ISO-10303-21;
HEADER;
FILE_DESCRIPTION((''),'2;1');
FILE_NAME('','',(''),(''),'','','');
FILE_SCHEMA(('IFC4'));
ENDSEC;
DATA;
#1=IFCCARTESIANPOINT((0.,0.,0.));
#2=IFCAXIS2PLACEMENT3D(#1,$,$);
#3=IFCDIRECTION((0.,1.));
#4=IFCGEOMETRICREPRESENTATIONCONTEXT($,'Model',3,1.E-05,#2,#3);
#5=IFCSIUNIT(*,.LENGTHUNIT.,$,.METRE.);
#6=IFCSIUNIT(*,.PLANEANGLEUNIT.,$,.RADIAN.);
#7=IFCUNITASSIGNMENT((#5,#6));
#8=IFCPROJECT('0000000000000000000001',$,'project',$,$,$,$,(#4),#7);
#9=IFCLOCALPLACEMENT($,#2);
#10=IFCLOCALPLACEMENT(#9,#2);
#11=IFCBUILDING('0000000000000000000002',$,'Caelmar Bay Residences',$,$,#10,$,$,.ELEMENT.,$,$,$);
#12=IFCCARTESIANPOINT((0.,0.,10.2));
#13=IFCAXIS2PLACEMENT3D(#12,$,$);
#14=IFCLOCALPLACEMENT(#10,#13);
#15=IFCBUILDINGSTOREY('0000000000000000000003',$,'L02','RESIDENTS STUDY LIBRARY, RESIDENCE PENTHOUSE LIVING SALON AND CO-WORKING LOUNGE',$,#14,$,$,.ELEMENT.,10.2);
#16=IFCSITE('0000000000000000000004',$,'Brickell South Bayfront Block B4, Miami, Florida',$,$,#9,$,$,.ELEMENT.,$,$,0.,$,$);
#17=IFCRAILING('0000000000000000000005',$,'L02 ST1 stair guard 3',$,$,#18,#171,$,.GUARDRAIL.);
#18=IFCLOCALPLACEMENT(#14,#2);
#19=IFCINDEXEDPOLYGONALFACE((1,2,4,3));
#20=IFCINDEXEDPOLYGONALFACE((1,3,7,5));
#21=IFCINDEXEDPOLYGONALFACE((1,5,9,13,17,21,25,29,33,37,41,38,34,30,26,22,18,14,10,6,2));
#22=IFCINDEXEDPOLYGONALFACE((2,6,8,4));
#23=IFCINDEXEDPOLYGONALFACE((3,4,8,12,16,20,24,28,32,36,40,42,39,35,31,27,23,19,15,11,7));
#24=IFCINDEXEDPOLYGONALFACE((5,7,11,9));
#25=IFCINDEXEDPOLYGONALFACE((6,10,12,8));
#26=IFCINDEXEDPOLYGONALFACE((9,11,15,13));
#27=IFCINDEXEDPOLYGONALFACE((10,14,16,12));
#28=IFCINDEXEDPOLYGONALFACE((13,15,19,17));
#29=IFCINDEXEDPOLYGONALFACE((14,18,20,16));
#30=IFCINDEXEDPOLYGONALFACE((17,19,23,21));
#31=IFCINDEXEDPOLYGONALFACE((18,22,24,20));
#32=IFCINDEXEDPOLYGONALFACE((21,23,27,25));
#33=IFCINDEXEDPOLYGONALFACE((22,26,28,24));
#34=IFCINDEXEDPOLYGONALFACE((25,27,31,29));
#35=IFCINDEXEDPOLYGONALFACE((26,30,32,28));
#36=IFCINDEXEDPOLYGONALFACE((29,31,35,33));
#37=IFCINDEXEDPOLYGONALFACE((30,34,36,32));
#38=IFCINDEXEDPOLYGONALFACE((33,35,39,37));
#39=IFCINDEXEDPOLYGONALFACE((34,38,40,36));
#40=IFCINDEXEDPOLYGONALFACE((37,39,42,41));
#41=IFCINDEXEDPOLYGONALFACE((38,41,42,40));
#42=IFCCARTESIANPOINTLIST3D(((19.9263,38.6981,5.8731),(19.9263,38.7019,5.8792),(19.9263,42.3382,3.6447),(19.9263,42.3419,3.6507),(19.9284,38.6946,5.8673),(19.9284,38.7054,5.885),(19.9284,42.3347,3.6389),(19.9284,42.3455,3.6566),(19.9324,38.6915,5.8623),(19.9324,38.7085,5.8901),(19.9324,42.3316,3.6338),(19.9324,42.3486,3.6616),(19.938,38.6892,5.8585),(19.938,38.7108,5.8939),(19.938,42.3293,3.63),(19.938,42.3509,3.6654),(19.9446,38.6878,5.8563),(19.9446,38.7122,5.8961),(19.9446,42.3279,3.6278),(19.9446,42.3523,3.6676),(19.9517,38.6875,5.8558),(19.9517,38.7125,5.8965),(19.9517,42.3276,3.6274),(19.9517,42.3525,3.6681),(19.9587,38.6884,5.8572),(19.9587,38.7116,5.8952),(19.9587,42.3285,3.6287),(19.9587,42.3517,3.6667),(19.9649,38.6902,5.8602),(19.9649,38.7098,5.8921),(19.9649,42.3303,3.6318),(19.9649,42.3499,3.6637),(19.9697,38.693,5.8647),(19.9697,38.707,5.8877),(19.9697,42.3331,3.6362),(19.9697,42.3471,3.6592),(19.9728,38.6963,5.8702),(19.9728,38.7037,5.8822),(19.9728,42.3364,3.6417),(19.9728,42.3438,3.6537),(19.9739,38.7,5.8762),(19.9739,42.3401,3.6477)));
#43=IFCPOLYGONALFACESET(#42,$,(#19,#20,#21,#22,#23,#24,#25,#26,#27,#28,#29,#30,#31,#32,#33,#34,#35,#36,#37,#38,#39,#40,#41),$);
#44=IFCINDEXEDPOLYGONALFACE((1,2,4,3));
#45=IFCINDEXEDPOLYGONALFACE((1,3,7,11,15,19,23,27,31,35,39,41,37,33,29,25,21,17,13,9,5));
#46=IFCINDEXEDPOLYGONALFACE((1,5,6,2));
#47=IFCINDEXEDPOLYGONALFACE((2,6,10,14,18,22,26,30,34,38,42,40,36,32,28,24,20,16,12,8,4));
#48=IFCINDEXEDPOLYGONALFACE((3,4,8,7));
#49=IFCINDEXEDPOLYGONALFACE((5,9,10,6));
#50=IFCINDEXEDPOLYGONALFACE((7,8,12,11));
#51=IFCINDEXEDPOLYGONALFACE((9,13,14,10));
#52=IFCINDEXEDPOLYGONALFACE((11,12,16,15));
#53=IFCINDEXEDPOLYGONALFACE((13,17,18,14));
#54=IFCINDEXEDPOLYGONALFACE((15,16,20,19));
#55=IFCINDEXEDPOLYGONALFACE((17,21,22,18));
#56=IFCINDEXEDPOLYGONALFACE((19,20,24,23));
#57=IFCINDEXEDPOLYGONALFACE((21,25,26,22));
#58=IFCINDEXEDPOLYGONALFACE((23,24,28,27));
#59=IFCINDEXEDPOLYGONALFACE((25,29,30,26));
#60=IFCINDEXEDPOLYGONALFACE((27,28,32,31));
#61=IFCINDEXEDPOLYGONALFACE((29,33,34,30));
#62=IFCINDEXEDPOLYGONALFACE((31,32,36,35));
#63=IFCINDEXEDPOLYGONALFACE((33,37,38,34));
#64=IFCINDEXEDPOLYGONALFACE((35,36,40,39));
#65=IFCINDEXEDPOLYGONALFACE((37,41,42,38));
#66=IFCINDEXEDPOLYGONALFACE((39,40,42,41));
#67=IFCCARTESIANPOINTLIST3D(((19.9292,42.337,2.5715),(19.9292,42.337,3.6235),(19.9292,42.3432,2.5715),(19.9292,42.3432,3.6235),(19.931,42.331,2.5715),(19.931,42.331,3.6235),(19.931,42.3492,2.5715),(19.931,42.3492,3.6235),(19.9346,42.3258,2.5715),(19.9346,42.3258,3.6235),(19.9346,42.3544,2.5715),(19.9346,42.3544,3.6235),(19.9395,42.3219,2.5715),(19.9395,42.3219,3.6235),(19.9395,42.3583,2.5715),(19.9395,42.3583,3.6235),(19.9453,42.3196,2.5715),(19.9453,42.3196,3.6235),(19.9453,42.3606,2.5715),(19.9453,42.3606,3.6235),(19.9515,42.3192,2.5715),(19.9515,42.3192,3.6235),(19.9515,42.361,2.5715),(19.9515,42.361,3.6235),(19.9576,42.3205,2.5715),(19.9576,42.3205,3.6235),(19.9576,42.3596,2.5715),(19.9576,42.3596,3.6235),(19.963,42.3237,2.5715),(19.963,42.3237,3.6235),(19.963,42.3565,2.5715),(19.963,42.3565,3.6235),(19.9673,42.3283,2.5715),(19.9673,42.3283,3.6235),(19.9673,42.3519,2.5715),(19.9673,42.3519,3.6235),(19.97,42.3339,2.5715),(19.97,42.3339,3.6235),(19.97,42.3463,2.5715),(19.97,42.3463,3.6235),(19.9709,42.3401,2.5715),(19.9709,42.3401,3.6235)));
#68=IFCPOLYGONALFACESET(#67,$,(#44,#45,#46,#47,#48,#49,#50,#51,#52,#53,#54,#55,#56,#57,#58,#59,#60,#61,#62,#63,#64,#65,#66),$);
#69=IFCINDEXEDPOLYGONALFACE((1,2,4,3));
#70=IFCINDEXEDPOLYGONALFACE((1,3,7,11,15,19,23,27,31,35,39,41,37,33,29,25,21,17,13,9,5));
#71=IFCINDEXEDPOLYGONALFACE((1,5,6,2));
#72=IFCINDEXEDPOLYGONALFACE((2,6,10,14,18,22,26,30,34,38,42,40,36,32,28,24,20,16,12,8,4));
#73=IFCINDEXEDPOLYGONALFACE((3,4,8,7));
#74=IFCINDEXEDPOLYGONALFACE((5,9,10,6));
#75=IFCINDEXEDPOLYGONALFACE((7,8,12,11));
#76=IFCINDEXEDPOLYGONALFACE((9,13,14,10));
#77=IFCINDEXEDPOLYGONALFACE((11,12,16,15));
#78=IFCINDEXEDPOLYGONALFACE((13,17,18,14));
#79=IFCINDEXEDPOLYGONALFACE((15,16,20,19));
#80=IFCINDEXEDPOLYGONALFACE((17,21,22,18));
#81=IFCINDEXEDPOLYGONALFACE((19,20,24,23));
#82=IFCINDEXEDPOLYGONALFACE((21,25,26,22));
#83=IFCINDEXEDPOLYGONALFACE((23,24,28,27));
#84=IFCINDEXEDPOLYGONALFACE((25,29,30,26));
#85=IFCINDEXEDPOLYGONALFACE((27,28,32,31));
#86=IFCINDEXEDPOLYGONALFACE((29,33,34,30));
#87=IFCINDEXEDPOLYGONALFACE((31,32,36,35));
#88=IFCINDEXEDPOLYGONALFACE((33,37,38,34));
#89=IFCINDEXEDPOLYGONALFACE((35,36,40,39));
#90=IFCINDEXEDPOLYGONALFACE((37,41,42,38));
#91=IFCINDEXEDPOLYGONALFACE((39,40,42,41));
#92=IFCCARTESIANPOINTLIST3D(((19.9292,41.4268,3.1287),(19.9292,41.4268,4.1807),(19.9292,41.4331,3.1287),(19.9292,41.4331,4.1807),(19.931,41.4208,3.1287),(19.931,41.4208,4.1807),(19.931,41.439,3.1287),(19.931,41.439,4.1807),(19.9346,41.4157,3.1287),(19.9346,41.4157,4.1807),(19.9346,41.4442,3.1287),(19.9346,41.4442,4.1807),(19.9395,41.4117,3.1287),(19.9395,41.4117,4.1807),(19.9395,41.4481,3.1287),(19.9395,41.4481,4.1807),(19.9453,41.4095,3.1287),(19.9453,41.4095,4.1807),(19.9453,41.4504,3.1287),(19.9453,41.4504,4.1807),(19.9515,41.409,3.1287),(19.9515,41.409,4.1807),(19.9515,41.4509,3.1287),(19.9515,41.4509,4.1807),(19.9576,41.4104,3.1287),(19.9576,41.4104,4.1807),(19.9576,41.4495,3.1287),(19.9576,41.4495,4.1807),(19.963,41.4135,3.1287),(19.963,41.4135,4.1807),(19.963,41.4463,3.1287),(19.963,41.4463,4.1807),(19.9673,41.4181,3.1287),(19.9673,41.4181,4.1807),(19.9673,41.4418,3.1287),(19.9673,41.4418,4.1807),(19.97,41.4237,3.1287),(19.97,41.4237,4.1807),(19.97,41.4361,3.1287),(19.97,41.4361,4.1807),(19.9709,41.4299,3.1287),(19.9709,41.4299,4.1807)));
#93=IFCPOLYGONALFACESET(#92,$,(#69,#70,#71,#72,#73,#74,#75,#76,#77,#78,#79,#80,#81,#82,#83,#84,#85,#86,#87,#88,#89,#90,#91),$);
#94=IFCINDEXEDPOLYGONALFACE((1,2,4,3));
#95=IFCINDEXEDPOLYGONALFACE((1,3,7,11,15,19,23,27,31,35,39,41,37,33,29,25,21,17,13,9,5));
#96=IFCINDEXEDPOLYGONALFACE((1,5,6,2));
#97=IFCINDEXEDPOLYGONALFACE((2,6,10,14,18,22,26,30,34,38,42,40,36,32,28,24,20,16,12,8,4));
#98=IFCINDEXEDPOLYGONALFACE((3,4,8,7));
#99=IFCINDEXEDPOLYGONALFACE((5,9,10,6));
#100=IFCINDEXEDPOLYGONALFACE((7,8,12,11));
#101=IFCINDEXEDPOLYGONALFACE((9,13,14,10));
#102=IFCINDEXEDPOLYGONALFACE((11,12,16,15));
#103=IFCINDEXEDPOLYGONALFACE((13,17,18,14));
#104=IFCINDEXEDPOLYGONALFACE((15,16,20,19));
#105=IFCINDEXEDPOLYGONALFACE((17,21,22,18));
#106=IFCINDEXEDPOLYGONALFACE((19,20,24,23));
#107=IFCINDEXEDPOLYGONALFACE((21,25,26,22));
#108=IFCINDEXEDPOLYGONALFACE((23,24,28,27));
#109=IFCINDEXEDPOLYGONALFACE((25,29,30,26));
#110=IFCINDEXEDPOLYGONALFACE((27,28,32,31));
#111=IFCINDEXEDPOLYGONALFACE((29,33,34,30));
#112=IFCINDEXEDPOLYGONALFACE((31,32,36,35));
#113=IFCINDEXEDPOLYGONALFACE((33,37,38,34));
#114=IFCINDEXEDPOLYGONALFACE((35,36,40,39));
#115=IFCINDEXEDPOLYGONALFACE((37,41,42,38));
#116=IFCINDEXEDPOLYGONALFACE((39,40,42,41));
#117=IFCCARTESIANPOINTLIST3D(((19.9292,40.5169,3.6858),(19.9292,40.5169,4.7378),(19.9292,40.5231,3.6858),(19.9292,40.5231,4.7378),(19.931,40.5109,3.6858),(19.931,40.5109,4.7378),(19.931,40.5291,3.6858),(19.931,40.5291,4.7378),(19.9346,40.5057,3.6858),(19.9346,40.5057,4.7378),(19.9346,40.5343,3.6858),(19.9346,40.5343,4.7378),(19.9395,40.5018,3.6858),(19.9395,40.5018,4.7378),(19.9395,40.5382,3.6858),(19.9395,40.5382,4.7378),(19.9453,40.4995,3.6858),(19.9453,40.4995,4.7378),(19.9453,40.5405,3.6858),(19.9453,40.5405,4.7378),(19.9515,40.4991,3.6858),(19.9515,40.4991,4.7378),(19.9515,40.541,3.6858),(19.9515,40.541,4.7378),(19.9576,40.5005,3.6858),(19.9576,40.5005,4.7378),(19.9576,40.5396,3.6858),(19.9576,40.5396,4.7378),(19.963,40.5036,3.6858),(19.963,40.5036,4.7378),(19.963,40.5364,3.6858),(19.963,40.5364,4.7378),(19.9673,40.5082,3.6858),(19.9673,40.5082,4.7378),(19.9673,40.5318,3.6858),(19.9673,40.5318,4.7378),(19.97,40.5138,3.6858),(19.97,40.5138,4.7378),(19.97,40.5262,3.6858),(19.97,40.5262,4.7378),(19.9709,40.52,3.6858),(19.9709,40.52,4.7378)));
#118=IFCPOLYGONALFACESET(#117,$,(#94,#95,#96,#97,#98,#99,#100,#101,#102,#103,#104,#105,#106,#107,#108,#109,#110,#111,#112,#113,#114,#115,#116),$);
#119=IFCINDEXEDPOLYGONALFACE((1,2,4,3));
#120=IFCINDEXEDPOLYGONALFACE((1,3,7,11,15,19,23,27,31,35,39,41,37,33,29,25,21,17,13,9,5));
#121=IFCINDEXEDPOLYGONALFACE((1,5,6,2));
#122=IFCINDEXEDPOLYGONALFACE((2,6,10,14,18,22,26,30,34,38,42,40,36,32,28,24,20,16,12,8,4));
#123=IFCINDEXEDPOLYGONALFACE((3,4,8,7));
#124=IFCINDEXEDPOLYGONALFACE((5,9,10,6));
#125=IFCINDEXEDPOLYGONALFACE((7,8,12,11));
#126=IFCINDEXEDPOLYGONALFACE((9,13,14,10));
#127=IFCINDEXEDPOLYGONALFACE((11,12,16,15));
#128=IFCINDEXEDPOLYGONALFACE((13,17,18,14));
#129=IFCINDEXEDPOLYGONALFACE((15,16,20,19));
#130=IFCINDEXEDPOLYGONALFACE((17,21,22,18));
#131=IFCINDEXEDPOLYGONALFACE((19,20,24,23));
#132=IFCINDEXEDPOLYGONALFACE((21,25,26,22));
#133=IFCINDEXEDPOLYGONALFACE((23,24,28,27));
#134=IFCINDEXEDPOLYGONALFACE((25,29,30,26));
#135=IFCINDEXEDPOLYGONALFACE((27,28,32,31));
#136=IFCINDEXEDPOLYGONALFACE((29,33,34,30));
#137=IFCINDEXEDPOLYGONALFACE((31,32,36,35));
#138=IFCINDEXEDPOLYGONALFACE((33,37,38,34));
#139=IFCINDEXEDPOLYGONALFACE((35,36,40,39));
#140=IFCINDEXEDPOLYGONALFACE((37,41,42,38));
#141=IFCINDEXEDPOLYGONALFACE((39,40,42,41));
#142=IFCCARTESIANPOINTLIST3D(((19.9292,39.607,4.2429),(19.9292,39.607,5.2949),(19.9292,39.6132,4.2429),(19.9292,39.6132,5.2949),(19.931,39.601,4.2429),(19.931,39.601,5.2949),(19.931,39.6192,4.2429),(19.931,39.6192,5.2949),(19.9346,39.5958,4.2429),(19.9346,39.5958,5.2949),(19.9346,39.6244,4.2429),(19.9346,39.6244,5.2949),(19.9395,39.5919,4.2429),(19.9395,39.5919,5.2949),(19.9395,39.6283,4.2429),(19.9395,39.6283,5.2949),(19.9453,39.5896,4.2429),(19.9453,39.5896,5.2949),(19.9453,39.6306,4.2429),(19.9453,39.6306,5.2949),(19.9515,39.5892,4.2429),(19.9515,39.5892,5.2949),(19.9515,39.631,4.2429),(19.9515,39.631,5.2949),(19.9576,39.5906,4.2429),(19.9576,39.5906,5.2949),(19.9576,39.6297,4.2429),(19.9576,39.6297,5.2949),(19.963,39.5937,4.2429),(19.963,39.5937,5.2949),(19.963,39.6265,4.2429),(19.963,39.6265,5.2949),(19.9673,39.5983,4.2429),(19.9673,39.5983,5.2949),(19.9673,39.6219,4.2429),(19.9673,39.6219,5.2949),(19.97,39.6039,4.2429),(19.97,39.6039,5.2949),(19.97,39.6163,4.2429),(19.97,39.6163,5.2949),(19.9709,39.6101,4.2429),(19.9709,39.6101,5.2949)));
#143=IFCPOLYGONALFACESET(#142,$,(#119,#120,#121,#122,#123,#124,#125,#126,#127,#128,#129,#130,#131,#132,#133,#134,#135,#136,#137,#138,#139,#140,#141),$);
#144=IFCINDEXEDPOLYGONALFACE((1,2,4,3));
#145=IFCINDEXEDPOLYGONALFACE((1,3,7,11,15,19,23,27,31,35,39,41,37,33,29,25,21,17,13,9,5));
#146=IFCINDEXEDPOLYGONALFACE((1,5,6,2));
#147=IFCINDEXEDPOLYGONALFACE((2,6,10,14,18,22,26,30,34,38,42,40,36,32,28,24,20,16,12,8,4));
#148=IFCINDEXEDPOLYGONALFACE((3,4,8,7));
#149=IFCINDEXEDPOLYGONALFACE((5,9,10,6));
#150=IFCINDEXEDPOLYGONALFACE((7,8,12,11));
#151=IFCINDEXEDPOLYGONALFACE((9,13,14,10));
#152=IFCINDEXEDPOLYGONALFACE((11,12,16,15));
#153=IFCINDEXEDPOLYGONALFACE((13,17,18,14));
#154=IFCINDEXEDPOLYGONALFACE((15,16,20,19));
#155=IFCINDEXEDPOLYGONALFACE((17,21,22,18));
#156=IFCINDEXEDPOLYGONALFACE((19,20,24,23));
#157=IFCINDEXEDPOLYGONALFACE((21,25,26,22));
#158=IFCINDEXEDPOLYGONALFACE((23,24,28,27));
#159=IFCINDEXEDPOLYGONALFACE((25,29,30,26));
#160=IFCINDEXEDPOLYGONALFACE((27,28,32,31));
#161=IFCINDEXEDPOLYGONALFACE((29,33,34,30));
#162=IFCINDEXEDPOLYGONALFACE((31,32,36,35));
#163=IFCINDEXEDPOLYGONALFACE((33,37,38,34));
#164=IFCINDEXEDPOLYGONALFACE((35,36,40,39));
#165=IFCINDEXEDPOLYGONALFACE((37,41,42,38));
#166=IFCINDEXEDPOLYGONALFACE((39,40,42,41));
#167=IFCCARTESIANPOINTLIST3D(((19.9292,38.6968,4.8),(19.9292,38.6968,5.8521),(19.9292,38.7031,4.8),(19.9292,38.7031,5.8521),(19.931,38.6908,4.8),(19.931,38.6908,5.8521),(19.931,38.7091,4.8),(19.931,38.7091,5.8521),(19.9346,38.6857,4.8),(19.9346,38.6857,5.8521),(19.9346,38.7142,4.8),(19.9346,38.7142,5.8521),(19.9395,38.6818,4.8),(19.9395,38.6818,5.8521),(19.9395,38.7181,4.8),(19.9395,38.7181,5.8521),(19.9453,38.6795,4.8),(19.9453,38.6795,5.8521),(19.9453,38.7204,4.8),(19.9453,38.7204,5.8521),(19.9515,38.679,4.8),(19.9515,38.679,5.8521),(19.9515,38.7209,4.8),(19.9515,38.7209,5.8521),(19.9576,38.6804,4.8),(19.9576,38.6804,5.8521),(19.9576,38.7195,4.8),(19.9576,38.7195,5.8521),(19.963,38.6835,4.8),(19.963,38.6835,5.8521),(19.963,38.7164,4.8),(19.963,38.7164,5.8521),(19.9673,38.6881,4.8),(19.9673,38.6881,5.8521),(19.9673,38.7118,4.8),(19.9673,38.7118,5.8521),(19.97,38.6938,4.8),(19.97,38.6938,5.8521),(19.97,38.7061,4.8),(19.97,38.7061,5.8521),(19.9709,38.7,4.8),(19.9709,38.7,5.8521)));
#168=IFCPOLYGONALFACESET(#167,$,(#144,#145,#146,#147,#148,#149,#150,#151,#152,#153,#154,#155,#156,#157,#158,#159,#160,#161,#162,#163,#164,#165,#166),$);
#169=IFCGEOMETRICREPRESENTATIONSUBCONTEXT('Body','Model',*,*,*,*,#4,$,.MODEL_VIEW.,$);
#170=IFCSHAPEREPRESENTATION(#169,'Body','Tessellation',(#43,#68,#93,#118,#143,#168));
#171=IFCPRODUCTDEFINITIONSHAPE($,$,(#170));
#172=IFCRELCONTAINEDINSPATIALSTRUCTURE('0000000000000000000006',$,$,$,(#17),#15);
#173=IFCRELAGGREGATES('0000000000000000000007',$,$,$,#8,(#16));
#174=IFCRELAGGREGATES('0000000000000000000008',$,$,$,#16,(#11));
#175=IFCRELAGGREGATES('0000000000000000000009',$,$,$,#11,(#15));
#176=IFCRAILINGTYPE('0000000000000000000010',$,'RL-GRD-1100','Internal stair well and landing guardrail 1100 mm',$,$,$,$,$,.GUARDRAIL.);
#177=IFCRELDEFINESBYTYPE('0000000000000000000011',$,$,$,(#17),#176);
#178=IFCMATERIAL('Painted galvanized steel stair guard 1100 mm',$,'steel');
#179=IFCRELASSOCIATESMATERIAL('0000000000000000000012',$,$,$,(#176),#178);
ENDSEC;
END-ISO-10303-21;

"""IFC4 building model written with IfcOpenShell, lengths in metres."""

from ifc_helpers import new_model, si_unit, direction, frame, origin, origin_2d, place, context, subcontext, project, spatial, circle, extrude, material, type_object, element, save


model = new_model("IFC4")

# Units and contexts
model_context = context("Model", 3, precision=1e-05, world=origin(), true_north=direction((0.0, 1.0)))
body_context = subcontext(model_context, "Body", "Model", "MODEL_VIEW")
ifc_project = project(units=[si_unit("LENGTHUNIT", "METRE"), si_unit("PLANEANGLEUNIT", "RADIAN")], contexts=[model_context])

# Site, building, storey
site_placement = place(None, origin())
site = spatial("IfcSite", under=ifc_project, at=site_placement, Name="Brickell South Bayfront Block B4, Miami, Florida", CompositionType="ELEMENT", RefElevation=0.0)
building_placement = place(site_placement, origin())
building = spatial("IfcBuilding", under=site, at=building_placement, Name="Caelmar Bay Residences", CompositionType="ELEMENT")
storey_placement = place(building_placement, frame((0.0, 0.0, 10.2)))
storey = spatial("IfcBuildingStorey", under=building, at=storey_placement, Name="L02", Description="RESIDENTS STUDY LIBRARY, RESIDENCE PENTHOUSE LIVING SALON AND CO-WORKING LOUNGE", CompositionType="ELEMENT", Elevation=10.2)

# Railing
ifc_material_1 = material(Name="Painted galvanized steel stair guard 1100 mm", Category="steel")
railing_type_1 = type_object("IfcRailingType", Name="RL-GRD-1100", Description="Internal stair well and landing guardrail 1100 mm", PredefinedType="GUARDRAIL", material=ifc_material_1)
railing_1_placement = place(storey_placement, frame((19.95, 42.3401, 2.5715)))
element("IfcRailing", 1, at=railing_1_placement, inside=storey, type_object=railing_type_1, Name="L02 ST1 stair guard 3", PredefinedType="GUARDRAIL", context=body_context, shape_type="SweptSolid", body=[
    extrude(circle(Radius=0.0239, at=origin_2d()), frame((0.0, 0.0, 1.0762), z_axis=(0.0, -0.852866, 0.52213), x_axis=(1.0, 0.0, 0.0)), (0.0, 0.0, 1.0), 4.2681),
    extrude(circle(Radius=0.021, at=origin_2d()), origin(), (0.0, 0.0, 1.0), 1.052),
    extrude(circle(Radius=0.021, at=origin_2d()), frame((0.0, -0.9102, 0.5571)), (0.0, 0.0, 1.0), 1.052),
    extrude(circle(Radius=0.021, at=origin_2d()), frame((0.0, -1.8201, 1.1143)), (0.0, 0.0, 1.0), 1.052),
    extrude(circle(Radius=0.021, at=origin_2d()), frame((0.0, -2.73, 1.6714)), (0.0, 0.0, 1.0), 1.052),
    extrude(circle(Radius=0.021, at=origin_2d()), frame((0.0, -3.6401, 2.2285)), (0.0, 0.0, 1.0), 1.052),
])

save(model, "model.ifc")
